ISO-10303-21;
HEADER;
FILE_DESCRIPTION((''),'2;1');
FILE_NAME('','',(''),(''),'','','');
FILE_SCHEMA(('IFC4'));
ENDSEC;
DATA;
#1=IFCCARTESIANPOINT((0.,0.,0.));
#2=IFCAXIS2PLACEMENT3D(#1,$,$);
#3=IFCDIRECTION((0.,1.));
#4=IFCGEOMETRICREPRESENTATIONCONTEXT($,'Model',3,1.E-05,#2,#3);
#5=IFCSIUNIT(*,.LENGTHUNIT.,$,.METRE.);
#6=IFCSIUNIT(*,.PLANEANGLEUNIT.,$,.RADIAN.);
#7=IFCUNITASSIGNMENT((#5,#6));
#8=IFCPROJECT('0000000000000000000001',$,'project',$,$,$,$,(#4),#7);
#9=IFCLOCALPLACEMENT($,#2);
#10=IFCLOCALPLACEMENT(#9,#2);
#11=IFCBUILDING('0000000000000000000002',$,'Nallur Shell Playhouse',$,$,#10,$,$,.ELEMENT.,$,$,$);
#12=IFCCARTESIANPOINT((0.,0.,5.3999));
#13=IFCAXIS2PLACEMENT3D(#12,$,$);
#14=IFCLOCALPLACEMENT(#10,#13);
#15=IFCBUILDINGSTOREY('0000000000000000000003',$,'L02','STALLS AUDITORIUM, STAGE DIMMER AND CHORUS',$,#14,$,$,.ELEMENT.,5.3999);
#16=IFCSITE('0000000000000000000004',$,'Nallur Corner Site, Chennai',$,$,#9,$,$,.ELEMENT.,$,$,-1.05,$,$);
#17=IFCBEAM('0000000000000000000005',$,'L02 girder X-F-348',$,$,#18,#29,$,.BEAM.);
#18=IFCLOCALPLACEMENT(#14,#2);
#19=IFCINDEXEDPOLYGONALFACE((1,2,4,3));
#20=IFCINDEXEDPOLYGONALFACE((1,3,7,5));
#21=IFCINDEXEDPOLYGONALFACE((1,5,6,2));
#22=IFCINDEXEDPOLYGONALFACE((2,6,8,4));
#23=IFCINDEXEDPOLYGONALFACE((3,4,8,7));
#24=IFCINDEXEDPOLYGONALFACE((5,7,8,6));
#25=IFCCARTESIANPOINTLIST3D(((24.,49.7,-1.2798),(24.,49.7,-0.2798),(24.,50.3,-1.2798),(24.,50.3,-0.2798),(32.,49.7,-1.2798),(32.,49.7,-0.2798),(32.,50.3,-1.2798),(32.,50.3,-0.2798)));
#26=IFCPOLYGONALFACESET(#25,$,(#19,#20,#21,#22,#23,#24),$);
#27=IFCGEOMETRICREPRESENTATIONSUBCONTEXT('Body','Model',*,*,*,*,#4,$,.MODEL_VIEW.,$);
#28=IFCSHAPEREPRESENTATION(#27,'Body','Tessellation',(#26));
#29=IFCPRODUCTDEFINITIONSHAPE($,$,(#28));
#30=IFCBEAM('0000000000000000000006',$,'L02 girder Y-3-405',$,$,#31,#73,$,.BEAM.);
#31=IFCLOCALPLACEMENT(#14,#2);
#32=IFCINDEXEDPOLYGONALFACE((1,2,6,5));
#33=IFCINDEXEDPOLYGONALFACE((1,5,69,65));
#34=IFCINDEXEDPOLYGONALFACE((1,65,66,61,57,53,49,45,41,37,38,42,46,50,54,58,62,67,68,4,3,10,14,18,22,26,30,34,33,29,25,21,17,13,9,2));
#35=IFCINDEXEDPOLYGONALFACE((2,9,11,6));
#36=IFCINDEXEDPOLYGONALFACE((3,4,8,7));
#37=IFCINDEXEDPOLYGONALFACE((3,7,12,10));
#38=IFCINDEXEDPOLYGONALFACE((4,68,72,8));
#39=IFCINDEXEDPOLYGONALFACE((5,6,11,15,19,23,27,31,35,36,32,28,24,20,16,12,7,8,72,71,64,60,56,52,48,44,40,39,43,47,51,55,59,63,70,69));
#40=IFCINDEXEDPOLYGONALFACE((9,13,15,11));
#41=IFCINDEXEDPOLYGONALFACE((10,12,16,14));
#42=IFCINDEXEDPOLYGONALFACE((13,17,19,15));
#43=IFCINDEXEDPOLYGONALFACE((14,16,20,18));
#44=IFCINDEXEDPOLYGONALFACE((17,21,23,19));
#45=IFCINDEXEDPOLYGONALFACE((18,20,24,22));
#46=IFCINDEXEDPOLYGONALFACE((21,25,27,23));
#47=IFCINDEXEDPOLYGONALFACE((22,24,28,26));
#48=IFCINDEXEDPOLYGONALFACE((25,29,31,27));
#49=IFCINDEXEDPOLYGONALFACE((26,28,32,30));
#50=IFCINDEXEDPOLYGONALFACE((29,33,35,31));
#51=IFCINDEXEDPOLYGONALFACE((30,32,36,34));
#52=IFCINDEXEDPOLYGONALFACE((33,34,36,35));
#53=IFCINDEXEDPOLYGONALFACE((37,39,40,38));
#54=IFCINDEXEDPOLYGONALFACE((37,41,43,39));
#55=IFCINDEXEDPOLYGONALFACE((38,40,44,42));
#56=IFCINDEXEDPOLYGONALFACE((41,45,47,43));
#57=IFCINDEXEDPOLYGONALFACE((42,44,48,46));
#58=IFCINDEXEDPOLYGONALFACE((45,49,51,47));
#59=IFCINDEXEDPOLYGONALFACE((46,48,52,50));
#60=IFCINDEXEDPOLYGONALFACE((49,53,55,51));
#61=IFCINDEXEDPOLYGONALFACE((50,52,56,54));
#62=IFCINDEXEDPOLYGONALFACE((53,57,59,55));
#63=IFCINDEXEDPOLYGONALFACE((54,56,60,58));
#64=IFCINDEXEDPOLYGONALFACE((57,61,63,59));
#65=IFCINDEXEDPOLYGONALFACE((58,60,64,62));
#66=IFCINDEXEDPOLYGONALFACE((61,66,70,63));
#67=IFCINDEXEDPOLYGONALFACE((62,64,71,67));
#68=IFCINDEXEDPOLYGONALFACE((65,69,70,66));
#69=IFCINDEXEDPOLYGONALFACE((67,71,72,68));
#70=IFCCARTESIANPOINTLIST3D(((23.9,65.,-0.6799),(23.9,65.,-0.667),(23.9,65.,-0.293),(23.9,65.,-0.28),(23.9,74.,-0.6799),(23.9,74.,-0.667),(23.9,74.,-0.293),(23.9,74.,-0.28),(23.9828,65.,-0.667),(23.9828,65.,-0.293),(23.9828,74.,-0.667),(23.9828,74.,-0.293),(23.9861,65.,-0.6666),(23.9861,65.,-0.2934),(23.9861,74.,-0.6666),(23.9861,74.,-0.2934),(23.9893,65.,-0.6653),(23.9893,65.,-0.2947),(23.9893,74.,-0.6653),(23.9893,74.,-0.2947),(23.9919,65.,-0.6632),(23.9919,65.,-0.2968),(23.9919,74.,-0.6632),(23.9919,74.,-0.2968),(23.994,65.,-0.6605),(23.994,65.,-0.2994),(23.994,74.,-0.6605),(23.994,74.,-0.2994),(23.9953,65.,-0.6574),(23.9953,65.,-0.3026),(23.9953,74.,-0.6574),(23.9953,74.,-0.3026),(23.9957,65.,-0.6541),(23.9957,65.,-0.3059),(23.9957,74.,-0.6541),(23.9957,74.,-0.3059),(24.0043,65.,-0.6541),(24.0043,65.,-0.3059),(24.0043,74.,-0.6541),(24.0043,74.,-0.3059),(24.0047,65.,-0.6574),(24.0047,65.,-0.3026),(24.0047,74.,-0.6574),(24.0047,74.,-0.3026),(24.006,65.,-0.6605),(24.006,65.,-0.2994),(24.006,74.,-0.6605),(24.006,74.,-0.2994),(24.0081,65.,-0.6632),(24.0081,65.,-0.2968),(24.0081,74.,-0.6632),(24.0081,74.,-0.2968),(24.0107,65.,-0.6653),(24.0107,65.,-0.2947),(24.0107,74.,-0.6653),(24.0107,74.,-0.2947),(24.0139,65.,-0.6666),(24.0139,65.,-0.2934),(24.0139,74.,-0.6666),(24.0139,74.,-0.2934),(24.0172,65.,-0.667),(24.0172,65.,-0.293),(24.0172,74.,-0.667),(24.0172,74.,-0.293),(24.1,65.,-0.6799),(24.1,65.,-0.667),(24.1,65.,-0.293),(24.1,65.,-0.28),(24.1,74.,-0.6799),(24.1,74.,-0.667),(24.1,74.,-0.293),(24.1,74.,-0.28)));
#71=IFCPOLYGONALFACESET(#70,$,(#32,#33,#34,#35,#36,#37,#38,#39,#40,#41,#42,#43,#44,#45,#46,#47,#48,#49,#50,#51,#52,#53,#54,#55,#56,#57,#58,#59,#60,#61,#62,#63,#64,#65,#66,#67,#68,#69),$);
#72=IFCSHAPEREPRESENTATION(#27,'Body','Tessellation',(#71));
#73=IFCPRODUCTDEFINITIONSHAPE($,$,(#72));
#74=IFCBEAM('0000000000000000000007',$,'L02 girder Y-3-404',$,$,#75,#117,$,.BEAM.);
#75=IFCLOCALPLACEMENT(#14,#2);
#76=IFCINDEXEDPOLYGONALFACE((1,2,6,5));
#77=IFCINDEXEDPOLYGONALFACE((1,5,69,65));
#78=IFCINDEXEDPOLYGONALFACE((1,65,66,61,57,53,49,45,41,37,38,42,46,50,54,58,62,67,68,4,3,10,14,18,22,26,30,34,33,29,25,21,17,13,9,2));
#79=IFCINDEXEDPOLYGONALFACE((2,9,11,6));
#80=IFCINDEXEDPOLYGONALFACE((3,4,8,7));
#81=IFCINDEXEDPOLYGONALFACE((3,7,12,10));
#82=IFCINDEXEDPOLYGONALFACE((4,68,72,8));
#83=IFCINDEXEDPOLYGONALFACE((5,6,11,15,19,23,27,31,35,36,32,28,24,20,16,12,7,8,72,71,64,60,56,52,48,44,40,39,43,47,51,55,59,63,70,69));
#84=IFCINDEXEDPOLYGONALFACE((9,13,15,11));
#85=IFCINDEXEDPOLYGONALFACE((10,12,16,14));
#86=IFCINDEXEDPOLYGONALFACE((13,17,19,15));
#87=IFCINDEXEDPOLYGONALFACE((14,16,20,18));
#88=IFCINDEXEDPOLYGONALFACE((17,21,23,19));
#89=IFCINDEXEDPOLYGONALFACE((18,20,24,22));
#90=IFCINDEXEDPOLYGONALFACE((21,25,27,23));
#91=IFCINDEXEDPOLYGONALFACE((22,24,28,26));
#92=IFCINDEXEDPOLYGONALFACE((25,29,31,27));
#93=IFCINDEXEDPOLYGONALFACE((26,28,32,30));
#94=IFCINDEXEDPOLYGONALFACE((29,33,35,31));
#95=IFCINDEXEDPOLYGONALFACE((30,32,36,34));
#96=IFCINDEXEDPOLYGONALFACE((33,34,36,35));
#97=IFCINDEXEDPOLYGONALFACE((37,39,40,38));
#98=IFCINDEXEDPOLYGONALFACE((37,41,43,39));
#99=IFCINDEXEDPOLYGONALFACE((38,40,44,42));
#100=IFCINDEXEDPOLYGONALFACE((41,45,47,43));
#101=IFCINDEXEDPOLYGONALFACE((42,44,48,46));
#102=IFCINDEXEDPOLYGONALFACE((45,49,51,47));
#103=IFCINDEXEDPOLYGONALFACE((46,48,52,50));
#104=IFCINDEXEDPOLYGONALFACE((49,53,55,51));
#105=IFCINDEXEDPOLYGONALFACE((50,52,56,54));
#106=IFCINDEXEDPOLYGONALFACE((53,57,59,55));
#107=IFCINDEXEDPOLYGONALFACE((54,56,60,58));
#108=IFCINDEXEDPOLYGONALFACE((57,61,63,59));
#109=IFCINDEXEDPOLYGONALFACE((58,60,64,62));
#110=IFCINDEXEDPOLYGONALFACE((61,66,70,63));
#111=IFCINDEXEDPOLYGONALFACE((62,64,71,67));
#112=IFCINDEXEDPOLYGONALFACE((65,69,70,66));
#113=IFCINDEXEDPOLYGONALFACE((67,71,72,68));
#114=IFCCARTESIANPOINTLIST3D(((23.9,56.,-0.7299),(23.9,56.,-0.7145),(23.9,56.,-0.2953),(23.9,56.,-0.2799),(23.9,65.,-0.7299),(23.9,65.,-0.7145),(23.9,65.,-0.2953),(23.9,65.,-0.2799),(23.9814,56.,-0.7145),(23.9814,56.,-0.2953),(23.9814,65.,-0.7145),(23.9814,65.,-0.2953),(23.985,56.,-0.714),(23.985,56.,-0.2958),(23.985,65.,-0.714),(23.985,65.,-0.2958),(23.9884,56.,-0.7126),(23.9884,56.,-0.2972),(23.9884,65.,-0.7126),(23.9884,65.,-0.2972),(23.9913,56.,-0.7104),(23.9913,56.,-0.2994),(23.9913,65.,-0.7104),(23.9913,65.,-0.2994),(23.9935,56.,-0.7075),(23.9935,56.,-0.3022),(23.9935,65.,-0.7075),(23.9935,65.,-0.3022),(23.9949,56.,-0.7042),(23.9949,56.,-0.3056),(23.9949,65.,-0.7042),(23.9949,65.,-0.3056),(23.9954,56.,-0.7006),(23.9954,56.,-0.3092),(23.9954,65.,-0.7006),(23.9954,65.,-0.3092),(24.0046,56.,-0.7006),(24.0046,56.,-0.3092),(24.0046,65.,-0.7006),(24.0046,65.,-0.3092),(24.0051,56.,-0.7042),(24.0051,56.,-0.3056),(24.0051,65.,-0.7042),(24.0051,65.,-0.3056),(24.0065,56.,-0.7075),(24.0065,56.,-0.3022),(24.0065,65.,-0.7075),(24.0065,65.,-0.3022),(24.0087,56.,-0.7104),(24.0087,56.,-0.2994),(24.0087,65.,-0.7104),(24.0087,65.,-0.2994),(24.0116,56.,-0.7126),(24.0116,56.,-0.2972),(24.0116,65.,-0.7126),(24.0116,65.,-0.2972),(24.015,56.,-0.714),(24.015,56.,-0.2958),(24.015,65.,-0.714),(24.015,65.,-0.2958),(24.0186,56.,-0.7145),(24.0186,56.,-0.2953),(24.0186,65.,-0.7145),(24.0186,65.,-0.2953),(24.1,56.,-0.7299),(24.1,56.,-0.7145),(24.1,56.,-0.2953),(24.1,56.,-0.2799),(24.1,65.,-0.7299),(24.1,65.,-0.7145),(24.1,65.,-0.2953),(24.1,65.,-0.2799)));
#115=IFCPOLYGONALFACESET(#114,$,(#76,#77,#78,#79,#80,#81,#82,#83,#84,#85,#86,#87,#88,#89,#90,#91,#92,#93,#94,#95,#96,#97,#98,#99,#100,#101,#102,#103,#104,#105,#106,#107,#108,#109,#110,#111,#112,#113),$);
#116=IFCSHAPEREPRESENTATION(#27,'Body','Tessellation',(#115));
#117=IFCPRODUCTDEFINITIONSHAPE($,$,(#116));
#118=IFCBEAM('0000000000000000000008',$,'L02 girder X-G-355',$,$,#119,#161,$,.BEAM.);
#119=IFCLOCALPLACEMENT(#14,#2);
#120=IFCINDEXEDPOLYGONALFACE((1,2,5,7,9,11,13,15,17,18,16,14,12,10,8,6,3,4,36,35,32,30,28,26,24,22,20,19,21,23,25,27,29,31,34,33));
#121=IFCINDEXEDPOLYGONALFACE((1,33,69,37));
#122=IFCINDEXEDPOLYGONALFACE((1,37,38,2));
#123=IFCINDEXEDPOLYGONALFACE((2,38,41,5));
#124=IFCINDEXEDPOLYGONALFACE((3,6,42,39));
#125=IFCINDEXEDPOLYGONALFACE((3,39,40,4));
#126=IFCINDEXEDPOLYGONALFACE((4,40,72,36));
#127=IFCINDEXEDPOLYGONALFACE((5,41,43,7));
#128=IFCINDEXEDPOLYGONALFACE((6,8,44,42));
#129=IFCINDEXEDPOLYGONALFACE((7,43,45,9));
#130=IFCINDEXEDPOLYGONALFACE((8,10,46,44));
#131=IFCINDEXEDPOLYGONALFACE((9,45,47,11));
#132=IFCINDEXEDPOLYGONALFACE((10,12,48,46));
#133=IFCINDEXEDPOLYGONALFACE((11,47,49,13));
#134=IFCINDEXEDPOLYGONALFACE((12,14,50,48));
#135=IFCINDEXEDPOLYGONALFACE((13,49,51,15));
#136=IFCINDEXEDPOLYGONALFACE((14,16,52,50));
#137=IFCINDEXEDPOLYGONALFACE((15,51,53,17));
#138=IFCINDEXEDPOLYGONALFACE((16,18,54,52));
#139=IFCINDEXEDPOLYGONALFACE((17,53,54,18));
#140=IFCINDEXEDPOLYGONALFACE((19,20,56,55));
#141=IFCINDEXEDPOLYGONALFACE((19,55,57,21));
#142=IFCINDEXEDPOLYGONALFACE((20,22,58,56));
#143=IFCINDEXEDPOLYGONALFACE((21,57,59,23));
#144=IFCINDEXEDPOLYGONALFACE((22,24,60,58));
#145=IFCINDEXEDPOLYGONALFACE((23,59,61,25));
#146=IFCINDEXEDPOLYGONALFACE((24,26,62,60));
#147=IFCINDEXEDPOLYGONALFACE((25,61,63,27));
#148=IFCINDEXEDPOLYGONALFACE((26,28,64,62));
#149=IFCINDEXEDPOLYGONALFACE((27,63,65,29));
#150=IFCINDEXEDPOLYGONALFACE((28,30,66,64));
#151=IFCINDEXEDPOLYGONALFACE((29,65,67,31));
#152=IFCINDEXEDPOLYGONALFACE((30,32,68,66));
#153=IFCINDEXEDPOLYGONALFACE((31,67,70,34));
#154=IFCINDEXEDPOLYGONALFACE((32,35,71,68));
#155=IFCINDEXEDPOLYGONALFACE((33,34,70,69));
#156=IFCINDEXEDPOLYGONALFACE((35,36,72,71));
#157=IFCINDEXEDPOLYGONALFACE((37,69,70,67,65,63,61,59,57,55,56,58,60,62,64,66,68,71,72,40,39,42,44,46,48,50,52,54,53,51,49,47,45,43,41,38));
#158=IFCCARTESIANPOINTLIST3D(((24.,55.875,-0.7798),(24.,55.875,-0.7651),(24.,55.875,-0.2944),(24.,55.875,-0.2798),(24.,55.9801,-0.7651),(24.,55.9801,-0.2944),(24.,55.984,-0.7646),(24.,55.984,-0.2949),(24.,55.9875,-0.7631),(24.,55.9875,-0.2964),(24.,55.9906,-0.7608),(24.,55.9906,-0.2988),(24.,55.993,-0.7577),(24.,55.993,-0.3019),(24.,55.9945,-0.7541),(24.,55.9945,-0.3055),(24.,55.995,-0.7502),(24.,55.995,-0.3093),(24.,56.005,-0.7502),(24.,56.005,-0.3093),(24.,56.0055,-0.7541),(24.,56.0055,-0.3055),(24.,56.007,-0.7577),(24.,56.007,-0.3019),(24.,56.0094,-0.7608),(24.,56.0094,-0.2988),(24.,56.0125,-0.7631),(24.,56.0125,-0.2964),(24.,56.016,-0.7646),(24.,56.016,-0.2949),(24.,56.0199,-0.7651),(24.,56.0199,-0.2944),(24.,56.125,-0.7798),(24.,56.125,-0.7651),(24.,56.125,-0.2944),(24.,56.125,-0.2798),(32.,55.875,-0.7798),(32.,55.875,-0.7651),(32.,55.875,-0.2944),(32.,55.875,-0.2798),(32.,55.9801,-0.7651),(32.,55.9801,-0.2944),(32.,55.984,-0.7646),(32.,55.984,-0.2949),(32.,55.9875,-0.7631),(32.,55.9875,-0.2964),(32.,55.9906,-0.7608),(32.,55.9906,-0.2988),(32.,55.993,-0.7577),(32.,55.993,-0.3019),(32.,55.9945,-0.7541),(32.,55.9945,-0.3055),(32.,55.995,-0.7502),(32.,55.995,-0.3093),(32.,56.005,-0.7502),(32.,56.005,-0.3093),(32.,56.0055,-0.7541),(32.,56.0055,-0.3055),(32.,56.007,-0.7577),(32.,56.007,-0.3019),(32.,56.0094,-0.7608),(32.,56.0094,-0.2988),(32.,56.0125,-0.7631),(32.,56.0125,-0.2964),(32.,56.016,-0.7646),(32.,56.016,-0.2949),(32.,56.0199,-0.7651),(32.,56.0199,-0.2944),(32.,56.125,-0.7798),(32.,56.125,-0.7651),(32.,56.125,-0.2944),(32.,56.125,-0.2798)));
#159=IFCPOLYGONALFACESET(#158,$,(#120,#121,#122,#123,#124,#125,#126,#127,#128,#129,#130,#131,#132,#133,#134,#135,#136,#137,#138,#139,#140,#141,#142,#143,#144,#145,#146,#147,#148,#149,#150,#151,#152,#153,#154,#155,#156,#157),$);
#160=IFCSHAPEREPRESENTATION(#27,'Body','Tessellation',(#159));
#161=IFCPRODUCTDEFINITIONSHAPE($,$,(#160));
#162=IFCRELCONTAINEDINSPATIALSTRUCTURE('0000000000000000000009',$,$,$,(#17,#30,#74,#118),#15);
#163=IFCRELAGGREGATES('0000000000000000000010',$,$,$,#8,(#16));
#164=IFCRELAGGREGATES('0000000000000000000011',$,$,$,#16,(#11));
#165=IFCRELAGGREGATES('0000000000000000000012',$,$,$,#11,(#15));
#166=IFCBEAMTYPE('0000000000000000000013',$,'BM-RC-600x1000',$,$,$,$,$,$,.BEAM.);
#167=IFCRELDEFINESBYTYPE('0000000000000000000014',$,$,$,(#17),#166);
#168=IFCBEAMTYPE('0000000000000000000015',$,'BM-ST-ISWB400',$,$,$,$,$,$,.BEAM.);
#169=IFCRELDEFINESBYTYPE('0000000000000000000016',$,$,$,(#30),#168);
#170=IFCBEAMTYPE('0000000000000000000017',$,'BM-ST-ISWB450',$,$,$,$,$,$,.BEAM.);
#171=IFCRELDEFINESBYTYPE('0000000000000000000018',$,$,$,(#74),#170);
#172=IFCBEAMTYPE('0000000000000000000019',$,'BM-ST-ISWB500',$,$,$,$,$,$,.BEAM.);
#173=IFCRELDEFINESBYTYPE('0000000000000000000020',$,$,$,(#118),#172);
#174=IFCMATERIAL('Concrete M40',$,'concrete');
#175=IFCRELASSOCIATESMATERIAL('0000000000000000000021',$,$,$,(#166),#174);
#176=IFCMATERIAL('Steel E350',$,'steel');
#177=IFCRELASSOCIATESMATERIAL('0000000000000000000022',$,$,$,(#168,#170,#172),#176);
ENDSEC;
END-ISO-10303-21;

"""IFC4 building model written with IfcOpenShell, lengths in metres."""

from ifc_helpers import new_model, si_unit, direction, frame, origin, origin_2d, place, context, subcontext, project, spatial, rectangle, i_section, extrude, material, material_profile, profile_set, type_object, element, save


model = new_model("IFC4")

# Units and contexts
model_context = context("Model", 3, precision=1e-05, world=origin(), true_north=direction((0.0, 1.0)))
body_context = subcontext(model_context, "Body", "Model", "MODEL_VIEW")
ifc_project = project(units=[si_unit("LENGTHUNIT", "METRE"), si_unit("PLANEANGLEUNIT", "RADIAN")], contexts=[model_context])

# Site, building, storey
site_placement = place(None, origin())
site = spatial("IfcSite", under=ifc_project, at=site_placement, Name="Nallur Corner Site, Chennai", CompositionType="ELEMENT", RefElevation=-1.05)
building_placement = place(site_placement, origin())
building = spatial("IfcBuilding", under=site, at=building_placement, Name="Nallur Shell Playhouse", CompositionType="ELEMENT")
storey_placement = place(building_placement, frame((0.0, 0.0, 5.3999)))
storey = spatial("IfcBuildingStorey", under=building, at=storey_placement, Name="L02", Description="STALLS AUDITORIUM, STAGE DIMMER AND CHORUS", CompositionType="ELEMENT", Elevation=5.3999)

# Shared definitions
ifc_material_1 = material(Name="Concrete M40", Category="concrete")

# Beams
ifc_material_profile_1 = material_profile(ifc_material_1, rectangle(XDim=0.6001, YDim=1.0, at=origin_2d()), Name="RC 600x1000")
ifc_profile_set_1 = profile_set([ifc_material_profile_1], Name="Concrete M40")
beam_type_1 = type_object("IfcBeamType", Name="BM-RC-600x1000", PredefinedType="BEAM", material=ifc_profile_set_1)
beam_1_placement = place(storey_placement, frame((24.0, 50.0, -0.7798), z_axis=(1.0, 0.0, 0.0), x_axis=(0.0, 1.0, 0.0)))
element("IfcBeam", 1, at=beam_1_placement, inside=storey, type_object=beam_type_1, Name="L02 girder X-F-348", PredefinedType="BEAM", context=body_context, shape_type="SweptSolid", body=[
    extrude(rectangle(XDim=0.6001, YDim=1.0, at=origin_2d()), origin(), (0.0, 0.0, 1.0), 8.0),
])
ifc_material_2 = material(Name="Steel E350", Category="steel")
ifc_material_profile_2 = material_profile(ifc_material_2, i_section(OverallWidth=0.2, OverallDepth=0.3999, WebThickness=0.0085, FlangeThickness=0.0129, FilletRadius=0.0129, at=origin_2d()), Name="ISWB 400")
ifc_profile_set_2 = profile_set([ifc_material_profile_2], Name="Steel E350")
beam_type_2 = type_object("IfcBeamType", Name="BM-ST-ISWB400", PredefinedType="BEAM", material=ifc_profile_set_2)
beam_2_placement = place(storey_placement, frame((24.0, 65.0, -0.48), z_axis=(0.0, 1.0, 0.0), x_axis=(-1.0, 0.0, 0.0)))
element("IfcBeam", 2, at=beam_2_placement, inside=storey, type_object=beam_type_2, Name="L02 girder Y-3-405", PredefinedType="BEAM", context=body_context, shape_type="SweptSolid", body=[
    extrude(i_section(OverallWidth=0.2, OverallDepth=0.3999, WebThickness=0.0085, FlangeThickness=0.0129, FilletRadius=0.0129, at=origin_2d()), origin(), (0.0, 0.0, 1.0), 9.0),
])
ifc_material_profile_3 = material_profile(ifc_material_2, i_section(OverallWidth=0.2, OverallDepth=0.45, WebThickness=0.0093, FlangeThickness=0.0154, FilletRadius=0.0139, at=origin_2d()), Name="ISWB 450")
ifc_profile_set_3 = profile_set([ifc_material_profile_3], Name="Steel E350")
beam_type_3 = type_object("IfcBeamType", Name="BM-ST-ISWB450", PredefinedType="BEAM", material=ifc_profile_set_3)
beam_3_placement = place(storey_placement, frame((24.0, 56.0, -0.5049), z_axis=(0.0, 1.0, 0.0), x_axis=(-1.0, 0.0, 0.0)))
element("IfcBeam", 3, at=beam_3_placement, inside=storey, type_object=beam_type_3, Name="L02 girder Y-3-404", PredefinedType="BEAM", context=body_context, shape_type="SweptSolid", body=[
    extrude(i_section(OverallWidth=0.2, OverallDepth=0.45, WebThickness=0.0093, FlangeThickness=0.0154, FilletRadius=0.0139, at=origin_2d()), origin(), (0.0, 0.0, 1.0), 9.0),
])
ifc_material_profile_4 = material_profile(ifc_material_2, i_section(OverallWidth=0.25, OverallDepth=0.5, WebThickness=0.01, FlangeThickness=0.0146, FilletRadius=0.0149, at=origin_2d()), Name="ISWB 500")
ifc_profile_set_4 = profile_set([ifc_material_profile_4], Name="Steel E350")
beam_type_4 = type_object("IfcBeamType", Name="BM-ST-ISWB500", PredefinedType="BEAM", material=ifc_profile_set_4)
beam_4_placement = place(storey_placement, frame((24.0, 56.0, -0.5298), z_axis=(1.0, 0.0, 0.0), x_axis=(0.0, 1.0, 0.0)))
element("IfcBeam", 4, at=beam_4_placement, inside=storey, type_object=beam_type_4, Name="L02 girder X-G-355", PredefinedType="BEAM", context=body_context, shape_type="SweptSolid", body=[
    extrude(i_section(OverallWidth=0.25, OverallDepth=0.5, WebThickness=0.01, FlangeThickness=0.0146, FilletRadius=0.0149, at=origin_2d()), origin(), (0.0, 0.0, 1.0), 8.0),
])

save(model, "model.ifc")
